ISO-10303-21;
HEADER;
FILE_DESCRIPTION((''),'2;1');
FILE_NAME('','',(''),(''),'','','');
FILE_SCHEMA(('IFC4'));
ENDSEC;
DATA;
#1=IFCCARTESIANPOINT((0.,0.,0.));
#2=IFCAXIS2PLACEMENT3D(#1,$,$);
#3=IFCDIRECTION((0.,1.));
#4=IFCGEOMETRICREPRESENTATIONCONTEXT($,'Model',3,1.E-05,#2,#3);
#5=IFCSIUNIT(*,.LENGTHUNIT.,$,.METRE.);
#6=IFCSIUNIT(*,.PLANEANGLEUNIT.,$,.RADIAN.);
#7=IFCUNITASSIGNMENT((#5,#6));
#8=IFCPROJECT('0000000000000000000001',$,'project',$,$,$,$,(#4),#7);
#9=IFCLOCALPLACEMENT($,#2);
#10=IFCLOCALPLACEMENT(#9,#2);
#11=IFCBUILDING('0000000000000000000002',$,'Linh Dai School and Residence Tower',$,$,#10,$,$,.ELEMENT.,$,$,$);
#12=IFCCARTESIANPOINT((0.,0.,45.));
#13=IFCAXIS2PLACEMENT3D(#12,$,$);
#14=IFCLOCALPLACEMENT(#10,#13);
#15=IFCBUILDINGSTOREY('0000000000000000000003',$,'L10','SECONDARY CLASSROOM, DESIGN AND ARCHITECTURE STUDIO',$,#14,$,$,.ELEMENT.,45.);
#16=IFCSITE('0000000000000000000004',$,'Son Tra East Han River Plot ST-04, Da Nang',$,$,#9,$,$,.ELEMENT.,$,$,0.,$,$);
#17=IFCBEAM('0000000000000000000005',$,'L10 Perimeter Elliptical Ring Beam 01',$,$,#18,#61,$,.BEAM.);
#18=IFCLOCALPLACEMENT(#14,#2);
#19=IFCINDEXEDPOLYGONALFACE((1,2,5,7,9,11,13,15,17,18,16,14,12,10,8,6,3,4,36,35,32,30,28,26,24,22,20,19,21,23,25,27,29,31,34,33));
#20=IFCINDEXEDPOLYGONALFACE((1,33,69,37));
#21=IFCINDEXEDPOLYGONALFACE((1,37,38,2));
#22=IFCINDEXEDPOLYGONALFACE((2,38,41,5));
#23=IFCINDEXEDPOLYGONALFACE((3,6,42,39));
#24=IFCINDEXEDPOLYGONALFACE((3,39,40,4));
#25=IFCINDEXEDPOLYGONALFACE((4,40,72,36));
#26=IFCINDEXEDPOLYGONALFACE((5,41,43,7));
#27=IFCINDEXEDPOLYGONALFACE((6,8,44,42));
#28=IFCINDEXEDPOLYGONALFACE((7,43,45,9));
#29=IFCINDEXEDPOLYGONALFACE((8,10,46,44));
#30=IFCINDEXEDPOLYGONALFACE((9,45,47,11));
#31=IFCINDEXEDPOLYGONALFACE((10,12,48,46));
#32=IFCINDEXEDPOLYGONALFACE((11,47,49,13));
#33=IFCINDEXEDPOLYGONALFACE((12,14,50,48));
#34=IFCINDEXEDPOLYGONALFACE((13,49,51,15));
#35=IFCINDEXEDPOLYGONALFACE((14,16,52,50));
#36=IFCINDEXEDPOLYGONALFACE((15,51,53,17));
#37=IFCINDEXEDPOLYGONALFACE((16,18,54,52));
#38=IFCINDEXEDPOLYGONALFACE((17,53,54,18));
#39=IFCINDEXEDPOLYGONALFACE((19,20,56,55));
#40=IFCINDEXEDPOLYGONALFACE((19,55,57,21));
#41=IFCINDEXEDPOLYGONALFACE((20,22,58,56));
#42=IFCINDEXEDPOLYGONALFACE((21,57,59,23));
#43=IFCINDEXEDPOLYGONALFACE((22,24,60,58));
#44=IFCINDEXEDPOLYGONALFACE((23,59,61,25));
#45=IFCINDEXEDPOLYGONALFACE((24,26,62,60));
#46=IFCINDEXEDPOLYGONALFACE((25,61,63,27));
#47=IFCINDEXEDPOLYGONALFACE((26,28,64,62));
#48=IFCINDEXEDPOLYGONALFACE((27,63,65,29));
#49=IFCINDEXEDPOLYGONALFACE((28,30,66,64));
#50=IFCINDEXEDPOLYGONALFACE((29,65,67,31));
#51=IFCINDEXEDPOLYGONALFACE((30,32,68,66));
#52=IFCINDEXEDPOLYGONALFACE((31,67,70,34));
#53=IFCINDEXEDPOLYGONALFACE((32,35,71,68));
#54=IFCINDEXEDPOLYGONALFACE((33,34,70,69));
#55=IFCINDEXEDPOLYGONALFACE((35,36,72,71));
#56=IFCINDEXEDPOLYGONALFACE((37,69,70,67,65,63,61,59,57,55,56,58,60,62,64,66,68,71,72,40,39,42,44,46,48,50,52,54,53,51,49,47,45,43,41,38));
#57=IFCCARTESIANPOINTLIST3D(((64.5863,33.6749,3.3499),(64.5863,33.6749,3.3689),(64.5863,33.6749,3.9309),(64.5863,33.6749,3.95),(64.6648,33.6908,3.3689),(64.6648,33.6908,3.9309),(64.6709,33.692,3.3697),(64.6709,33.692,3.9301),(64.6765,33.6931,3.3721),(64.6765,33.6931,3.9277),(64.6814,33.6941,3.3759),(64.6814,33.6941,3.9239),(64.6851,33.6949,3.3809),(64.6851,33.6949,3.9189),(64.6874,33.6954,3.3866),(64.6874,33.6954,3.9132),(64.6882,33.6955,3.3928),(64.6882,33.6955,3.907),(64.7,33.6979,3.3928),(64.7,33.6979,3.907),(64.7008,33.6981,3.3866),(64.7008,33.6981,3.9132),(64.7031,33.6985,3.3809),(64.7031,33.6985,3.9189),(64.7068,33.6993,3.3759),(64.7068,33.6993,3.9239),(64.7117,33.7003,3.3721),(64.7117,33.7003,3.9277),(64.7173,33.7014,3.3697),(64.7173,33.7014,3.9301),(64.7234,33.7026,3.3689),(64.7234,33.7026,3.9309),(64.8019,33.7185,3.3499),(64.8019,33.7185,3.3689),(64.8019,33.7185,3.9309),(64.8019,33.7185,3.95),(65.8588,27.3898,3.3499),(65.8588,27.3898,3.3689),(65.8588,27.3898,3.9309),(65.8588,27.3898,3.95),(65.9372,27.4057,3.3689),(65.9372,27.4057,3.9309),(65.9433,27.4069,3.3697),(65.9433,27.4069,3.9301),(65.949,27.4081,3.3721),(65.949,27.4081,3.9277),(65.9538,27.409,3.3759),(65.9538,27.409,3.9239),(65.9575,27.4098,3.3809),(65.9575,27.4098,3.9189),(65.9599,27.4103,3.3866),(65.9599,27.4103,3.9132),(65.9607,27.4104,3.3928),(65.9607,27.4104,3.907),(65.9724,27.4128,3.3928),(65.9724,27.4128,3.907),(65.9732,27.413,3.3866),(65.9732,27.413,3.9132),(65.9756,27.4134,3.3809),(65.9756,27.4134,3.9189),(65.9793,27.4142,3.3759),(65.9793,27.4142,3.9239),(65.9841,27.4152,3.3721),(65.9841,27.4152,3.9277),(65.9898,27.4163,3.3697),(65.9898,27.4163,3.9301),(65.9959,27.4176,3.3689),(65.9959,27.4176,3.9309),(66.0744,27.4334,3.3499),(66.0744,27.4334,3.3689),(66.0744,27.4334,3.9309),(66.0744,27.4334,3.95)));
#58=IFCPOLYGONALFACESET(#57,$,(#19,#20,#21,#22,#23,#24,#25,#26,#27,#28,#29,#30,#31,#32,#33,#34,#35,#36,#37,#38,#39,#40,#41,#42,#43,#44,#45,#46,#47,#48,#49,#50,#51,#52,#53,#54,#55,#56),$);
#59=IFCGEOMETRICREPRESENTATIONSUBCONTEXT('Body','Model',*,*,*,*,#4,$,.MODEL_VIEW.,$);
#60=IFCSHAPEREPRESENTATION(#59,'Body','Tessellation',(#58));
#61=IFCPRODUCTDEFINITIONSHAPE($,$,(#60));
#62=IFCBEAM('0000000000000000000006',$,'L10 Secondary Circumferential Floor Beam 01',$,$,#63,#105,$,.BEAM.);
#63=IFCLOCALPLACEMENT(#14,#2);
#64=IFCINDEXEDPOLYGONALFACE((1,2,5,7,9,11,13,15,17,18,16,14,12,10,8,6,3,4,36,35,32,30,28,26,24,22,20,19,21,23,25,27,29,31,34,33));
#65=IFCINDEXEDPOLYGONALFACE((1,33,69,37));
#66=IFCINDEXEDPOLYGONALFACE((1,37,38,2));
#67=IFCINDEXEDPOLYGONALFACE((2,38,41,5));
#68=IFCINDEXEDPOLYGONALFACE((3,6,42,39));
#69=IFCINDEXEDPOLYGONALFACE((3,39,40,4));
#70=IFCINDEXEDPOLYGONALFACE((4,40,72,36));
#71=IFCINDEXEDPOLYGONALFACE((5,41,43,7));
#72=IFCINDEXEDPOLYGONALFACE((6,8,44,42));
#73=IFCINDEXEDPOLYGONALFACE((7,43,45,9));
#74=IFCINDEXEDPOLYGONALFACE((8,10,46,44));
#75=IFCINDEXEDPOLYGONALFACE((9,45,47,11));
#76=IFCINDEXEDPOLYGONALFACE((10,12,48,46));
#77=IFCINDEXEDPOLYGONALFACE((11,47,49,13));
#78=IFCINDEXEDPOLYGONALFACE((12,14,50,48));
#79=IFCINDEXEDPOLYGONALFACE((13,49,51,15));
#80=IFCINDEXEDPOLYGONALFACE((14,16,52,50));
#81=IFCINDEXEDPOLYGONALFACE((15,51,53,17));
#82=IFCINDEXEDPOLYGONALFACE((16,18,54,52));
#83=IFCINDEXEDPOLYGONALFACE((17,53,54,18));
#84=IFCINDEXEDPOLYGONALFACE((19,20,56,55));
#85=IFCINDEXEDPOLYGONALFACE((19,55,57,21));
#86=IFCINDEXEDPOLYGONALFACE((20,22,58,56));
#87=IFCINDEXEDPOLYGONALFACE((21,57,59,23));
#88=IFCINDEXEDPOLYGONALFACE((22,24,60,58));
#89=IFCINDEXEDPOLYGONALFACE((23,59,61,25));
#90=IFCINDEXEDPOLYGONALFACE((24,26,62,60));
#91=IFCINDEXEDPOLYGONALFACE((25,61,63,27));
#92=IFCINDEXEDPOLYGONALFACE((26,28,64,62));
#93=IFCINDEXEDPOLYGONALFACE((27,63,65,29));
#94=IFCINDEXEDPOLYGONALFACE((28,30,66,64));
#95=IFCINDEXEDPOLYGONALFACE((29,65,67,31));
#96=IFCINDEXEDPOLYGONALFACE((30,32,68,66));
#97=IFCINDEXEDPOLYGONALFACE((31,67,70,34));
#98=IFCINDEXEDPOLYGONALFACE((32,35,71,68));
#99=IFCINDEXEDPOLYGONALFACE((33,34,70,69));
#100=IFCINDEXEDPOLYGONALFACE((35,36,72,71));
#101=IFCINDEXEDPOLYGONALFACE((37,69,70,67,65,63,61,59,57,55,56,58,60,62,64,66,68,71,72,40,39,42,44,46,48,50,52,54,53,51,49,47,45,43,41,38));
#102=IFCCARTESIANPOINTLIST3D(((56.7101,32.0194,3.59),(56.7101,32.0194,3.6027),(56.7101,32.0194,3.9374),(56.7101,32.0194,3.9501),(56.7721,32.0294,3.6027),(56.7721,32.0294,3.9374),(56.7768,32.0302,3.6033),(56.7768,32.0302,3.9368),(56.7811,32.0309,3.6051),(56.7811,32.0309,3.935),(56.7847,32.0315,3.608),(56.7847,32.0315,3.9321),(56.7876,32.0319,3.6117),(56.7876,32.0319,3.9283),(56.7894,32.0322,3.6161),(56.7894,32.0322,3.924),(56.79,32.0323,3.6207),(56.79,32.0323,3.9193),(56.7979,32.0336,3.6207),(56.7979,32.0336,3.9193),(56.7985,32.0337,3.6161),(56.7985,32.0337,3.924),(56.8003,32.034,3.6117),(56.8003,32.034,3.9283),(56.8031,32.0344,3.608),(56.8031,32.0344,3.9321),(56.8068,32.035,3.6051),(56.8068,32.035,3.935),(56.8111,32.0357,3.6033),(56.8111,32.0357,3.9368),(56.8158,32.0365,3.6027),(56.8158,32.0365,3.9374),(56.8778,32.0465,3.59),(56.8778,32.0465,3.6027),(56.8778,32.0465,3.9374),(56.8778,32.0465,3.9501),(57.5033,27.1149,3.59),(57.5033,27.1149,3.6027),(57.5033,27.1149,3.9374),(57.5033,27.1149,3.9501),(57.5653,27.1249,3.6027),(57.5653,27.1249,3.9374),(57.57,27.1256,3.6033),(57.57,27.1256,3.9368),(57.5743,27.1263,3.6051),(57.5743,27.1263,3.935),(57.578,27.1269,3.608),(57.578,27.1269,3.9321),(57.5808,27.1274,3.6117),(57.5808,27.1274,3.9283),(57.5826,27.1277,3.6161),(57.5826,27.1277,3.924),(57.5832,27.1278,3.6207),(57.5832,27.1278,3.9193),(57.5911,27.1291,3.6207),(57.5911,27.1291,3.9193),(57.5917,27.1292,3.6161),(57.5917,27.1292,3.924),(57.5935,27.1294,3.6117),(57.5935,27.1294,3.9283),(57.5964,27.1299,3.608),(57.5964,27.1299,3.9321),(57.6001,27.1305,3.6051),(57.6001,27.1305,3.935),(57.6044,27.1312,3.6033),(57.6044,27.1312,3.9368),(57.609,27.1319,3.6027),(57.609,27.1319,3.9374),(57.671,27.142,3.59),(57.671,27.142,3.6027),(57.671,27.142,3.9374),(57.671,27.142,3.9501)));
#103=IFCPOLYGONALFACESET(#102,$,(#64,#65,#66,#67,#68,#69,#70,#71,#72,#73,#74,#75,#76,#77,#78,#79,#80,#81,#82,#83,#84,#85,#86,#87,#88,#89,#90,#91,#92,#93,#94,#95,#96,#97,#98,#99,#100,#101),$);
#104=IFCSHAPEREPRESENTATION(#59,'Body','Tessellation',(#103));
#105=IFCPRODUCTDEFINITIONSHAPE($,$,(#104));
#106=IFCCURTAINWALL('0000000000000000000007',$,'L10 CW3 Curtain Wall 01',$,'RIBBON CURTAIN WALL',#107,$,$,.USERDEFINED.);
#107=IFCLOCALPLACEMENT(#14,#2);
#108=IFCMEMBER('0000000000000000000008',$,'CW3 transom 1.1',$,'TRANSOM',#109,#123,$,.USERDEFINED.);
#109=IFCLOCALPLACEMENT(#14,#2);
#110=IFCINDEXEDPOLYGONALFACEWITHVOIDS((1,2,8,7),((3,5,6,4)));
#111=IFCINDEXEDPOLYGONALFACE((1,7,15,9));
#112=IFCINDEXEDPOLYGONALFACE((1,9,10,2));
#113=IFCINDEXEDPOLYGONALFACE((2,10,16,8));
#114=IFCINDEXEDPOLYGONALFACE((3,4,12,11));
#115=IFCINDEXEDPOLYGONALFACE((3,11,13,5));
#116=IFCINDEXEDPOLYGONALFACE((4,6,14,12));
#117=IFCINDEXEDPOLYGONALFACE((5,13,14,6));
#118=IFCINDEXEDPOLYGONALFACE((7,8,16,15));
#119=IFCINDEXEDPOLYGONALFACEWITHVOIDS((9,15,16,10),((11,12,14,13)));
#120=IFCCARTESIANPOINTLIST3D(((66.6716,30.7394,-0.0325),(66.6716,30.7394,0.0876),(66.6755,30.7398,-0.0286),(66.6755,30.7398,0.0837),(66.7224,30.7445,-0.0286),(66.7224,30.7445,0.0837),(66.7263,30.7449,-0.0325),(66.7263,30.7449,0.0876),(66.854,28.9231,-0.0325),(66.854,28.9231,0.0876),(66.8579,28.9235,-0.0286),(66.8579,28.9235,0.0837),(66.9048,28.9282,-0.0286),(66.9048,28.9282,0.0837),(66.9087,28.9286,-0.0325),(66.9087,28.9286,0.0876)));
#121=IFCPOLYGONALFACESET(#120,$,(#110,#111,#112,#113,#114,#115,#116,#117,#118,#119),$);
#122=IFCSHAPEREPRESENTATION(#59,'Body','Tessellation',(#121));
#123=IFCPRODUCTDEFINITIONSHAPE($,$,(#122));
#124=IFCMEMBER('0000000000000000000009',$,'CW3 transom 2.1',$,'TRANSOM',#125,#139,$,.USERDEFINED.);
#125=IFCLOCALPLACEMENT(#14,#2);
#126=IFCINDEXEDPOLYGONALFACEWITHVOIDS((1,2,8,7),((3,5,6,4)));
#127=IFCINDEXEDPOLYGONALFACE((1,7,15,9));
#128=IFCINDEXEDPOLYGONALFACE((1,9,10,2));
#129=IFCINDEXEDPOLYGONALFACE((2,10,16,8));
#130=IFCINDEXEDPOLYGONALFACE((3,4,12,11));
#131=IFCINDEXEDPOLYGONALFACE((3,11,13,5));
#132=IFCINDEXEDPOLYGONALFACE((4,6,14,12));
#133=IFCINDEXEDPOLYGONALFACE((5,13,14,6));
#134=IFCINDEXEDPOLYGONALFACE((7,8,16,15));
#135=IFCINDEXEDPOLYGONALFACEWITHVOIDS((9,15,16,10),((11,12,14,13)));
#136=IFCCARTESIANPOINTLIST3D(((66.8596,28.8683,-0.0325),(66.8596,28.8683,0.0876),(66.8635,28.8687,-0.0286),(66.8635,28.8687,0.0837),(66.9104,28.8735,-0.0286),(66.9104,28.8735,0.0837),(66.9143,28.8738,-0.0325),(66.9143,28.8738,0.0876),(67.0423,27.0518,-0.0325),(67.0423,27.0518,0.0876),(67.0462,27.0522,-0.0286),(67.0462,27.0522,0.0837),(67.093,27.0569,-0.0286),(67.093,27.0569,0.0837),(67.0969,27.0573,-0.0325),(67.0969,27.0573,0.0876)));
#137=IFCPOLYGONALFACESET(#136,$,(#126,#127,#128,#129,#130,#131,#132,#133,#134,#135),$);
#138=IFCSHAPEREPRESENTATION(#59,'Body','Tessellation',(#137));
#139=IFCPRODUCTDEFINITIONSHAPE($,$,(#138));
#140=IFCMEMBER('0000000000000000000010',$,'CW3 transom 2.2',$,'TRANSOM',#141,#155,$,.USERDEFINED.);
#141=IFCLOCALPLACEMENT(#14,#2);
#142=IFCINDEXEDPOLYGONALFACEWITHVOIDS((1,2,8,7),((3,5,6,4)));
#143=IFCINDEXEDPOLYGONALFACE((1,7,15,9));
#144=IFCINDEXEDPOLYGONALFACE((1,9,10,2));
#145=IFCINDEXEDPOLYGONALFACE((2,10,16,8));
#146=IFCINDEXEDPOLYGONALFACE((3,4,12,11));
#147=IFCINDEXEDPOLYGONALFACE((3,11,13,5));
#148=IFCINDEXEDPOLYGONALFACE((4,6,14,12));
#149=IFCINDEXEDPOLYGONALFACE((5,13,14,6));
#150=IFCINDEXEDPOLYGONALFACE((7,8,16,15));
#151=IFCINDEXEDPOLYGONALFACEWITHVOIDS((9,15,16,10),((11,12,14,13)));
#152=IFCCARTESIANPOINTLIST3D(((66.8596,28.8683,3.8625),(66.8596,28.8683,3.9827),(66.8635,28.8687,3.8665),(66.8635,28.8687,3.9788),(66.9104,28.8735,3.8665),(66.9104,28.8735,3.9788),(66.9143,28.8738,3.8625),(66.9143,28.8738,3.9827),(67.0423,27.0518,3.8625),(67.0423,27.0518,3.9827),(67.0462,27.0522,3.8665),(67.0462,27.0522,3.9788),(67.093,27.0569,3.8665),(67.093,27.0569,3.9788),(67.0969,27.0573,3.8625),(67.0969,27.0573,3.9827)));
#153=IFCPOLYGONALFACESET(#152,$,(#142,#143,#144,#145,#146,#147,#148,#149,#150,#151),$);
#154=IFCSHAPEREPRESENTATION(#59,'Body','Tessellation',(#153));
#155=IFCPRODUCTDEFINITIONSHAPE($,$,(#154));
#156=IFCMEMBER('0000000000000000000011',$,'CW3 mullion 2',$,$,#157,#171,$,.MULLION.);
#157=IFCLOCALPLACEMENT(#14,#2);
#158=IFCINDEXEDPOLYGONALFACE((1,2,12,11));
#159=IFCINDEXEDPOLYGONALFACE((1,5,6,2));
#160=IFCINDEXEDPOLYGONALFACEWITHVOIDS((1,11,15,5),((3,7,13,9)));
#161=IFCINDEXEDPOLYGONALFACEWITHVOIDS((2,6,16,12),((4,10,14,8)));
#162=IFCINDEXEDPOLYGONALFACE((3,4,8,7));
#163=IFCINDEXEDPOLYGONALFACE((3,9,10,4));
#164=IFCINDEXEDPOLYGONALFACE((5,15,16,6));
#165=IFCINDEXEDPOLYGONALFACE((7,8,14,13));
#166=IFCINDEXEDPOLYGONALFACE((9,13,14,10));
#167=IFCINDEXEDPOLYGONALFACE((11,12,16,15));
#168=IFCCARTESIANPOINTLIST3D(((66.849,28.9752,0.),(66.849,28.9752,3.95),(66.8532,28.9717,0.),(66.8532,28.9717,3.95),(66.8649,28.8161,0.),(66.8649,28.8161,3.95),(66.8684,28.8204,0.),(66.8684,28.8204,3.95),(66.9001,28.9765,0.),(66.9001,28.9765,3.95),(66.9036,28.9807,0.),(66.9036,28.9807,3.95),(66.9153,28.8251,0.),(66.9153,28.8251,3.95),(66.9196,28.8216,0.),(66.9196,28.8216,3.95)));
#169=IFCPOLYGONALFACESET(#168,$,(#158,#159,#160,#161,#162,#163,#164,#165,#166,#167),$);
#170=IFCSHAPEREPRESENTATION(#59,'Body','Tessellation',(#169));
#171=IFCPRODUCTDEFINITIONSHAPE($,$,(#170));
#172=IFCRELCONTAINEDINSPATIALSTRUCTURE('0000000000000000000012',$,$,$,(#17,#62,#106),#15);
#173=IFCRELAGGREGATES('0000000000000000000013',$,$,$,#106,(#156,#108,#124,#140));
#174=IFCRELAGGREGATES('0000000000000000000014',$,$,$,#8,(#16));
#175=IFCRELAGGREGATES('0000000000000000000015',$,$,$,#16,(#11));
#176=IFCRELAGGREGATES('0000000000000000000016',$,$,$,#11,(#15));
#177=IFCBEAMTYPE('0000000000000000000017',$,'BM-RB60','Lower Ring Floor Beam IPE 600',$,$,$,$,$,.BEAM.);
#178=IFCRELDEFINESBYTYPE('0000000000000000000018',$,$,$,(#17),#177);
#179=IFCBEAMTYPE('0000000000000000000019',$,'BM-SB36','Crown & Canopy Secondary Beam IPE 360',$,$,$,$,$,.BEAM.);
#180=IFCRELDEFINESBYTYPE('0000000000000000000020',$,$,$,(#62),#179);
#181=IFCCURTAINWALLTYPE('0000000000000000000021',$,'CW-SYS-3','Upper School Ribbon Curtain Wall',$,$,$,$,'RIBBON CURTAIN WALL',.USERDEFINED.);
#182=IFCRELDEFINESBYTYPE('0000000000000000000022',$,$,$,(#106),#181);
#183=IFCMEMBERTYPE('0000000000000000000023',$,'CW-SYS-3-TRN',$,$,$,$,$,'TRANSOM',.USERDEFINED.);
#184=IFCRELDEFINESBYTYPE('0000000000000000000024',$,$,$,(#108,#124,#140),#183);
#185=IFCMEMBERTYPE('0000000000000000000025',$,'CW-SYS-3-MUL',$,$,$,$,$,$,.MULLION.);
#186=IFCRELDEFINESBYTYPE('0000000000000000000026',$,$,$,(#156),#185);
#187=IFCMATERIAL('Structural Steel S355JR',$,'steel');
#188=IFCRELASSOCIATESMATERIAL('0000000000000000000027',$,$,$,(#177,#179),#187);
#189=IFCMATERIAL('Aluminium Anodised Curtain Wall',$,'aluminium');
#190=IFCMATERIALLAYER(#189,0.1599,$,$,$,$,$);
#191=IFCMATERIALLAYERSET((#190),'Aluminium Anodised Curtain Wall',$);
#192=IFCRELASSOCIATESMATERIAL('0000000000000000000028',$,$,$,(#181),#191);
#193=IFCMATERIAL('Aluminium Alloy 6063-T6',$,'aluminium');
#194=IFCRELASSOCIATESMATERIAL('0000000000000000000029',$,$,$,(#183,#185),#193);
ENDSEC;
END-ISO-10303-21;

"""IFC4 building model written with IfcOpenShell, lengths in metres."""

from ifc_helpers import new_model, si_unit, direction, frame, origin, origin_2d, place, context, subcontext, project, spatial, hollow_rectangle, i_section, extrude, source, transform, mapped, material, layer, layer_set, material_profile, profile_set, type_object, element, aggregate, save


model = new_model("IFC4")

# Units and contexts
model_context = context("Model", 3, precision=1e-05, world=origin(), true_north=direction((0.0, 1.0)))
body_context = subcontext(model_context, "Body", "Model", "MODEL_VIEW")
ifc_project = project(units=[si_unit("LENGTHUNIT", "METRE"), si_unit("PLANEANGLEUNIT", "RADIAN")], contexts=[model_context])

# Site, building, storey
site_placement = place(None, origin())
site = spatial("IfcSite", under=ifc_project, at=site_placement, Name="Son Tra East Han River Plot ST-04, Da Nang", CompositionType="ELEMENT", RefElevation=0.0)
building_placement = place(site_placement, origin())
building = spatial("IfcBuilding", under=site, at=building_placement, Name="Linh Dai School and Residence Tower", CompositionType="ELEMENT")
storey_placement = place(building_placement, frame((0.0, 0.0, 45.0)))
storey = spatial("IfcBuildingStorey", under=building, at=storey_placement, Name="L10", Description="SECONDARY CLASSROOM, DESIGN AND ARCHITECTURE STUDIO", CompositionType="ELEMENT", Elevation=45.0)

# Shared definitions
ifc_material_1 = material(Name="Structural Steel S355JR", Category="steel")

# Beams
ifc_material_profile_1 = material_profile(ifc_material_1, i_section(OverallWidth=0.22, OverallDepth=0.6001, WebThickness=0.012, FlangeThickness=0.019, FilletRadius=0.0239, at=origin_2d()), Name="IPE 600")
ifc_profile_set_1 = profile_set([ifc_material_profile_1], Name="Structural Steel S355JR")
beam_type_1 = type_object("IfcBeamType", Name="BM-RB60", Description="Lower Ring Floor Beam IPE 600", PredefinedType="BEAM", material=ifc_profile_set_1)
beam_1_placement = place(storey_placement, frame((65.9666, 27.4116, 3.6499), z_axis=(-0.198429, 0.980115, 0.0), x_axis=(-0.980115, -0.198429, 0.0)))
element("IfcBeam", 1, at=beam_1_placement, inside=storey, type_object=beam_type_1, Name="L10 Perimeter Elliptical Ring Beam 01", PredefinedType="BEAM", context=body_context, shape_type="SweptSolid", body=[
    extrude(i_section(OverallWidth=0.22, OverallDepth=0.6001, WebThickness=0.012, FlangeThickness=0.019, FilletRadius=0.0239, at=origin_2d()), origin(), (0.0, 0.0, 1.0), 6.4126),
])
ifc_material_profile_2 = material_profile(ifc_material_1, i_section(OverallWidth=0.1699, OverallDepth=0.3601, WebThickness=0.0081, FlangeThickness=0.0127, FilletRadius=0.0181, at=origin_2d()), Name="IPE 360")
ifc_profile_set_2 = profile_set([ifc_material_profile_2], Name="Structural Steel S355JR")
beam_type_2 = type_object("IfcBeamType", Name="BM-SB36", Description="Crown & Canopy Secondary Beam IPE 360", PredefinedType="BEAM", material=ifc_profile_set_2)
beam_2_placement = place(storey_placement, frame((57.5872, 27.1284, 3.77), z_axis=(-0.159656, 0.987173, 0.0), x_axis=(-0.987173, -0.159656, 0.0)))
element("IfcBeam", 2, at=beam_2_placement, inside=storey, type_object=beam_type_2, Name="L10 Secondary Circumferential Floor Beam 01", PredefinedType="BEAM", context=body_context, shape_type="SweptSolid", body=[
    extrude(i_section(OverallWidth=0.1699, OverallDepth=0.3601, WebThickness=0.0081, FlangeThickness=0.0127, FilletRadius=0.0181, at=origin_2d()), origin(), (0.0, 0.0, 1.0), 4.9683),
])

# Curtain wall, members
ifc_material_2 = material(Name="Aluminium Anodised Curtain Wall", Category="aluminium")
ifc_layer_1 = layer(ifc_material_2, 0.1599)
ifc_layer_set_1 = layer_set([ifc_layer_1], Name="Aluminium Anodised Curtain Wall")
curtain_wall_type = type_object("IfcCurtainWallType", Name="CW-SYS-3", Description="Upper School Ribbon Curtain Wall", ElementType="RIBBON CURTAIN WALL", PredefinedType="USERDEFINED", material=ifc_layer_set_1)
curtain_wall_placement = place(storey_placement, origin())
curtain_wall = element("IfcCurtainWall", 3, at=curtain_wall_placement, inside=storey, type_object=curtain_wall_type, Name="L10 CW3 Curtain Wall 01", ObjectType="RIBBON CURTAIN WALL", PredefinedType="USERDEFINED")
ifc_material_3 = material(Name="Aluminium Alloy 6063-T6", Category="aluminium")
ifc_material_profile_3 = material_profile(ifc_material_3, hollow_rectangle(XDim=0.0549, YDim=0.1201, WallThickness=0.0039, at=origin_2d()), Name="RHS 120x55x4")
ifc_profile_set_3 = profile_set([ifc_material_profile_3], Name="Aluminium Alloy 6063-T6")
member_type_1 = type_object("IfcMemberType", Name="CW-SYS-3-TRN", ElementType="TRANSOM", PredefinedType="USERDEFINED", material=ifc_profile_set_3)
shared_shape_1 = source(origin(), body_context, "Body", "SweptSolid", [
    extrude(hollow_rectangle(XDim=0.0549, YDim=0.1201, WallThickness=0.0039, at=origin_2d()), origin(), (0.0, 0.0, 1.0), 1.8254),
])
member_1_placement = place(storey_placement, frame((66.699, 30.7422, 0.0276), z_axis=(0.099901, -0.994997, 0.0), x_axis=(0.994997, 0.099901, 0.0)))
member_1 = element("IfcMember", 4, at=member_1_placement, type_object=member_type_1, Name="CW3 transom 1.1", ObjectType="TRANSOM", PredefinedType="USERDEFINED", context=body_context, shape_type="MappedRepresentation", body=[
    mapped(shared_shape_1, transform((0.0, 0.0, 0.0), x_axis=(1.0, 0.0, 0.0), y_axis=(0.0, 1.0, 0.0), z_axis=(0.0, 0.0, 1.0), scale=1.0)),
])
shared_shape_2 = source(origin(), body_context, "Body", "SweptSolid", [
    extrude(hollow_rectangle(XDim=0.0549, YDim=0.1201, WallThickness=0.0039, at=origin_2d()), origin(), (0.0, 0.0, 1.0), 1.8257),
])
member_2_placement = place(storey_placement, frame((66.887, 28.8711, 0.0276), z_axis=(0.100033, -0.994984, 0.0), x_axis=(0.994984, 0.100033, 0.0)))
member_2 = element("IfcMember", 5, at=member_2_placement, type_object=member_type_1, Name="CW3 transom 2.1", ObjectType="TRANSOM", PredefinedType="USERDEFINED", context=body_context, shape_type="MappedRepresentation", body=[
    mapped(shared_shape_2, transform((0.0, 0.0, 0.0), x_axis=(1.0, 0.0, 0.0), y_axis=(0.0, 1.0, 0.0), z_axis=(0.0, 0.0, 1.0), scale=1.0)),
])
member_3_placement = place(storey_placement, frame((66.887, 28.8711, 3.9226), z_axis=(0.100033, -0.994984, 0.0), x_axis=(0.994984, 0.100033, 0.0)))
member_3 = element("IfcMember", 6, at=member_3_placement, type_object=member_type_1, Name="CW3 transom 2.2", ObjectType="TRANSOM", PredefinedType="USERDEFINED", context=body_context, shape_type="MappedRepresentation", body=[
    mapped(shared_shape_2, transform((0.0, 0.0, 0.0), x_axis=(1.0, 0.0, 0.0), y_axis=(0.0, 1.0, 0.0), z_axis=(0.0, 0.0, 1.0), scale=1.0)),
])
ifc_material_profile_4 = material_profile(ifc_material_3, hollow_rectangle(XDim=0.0549, YDim=0.1599, WallThickness=0.0039, at=origin_2d()), Name="RHS 160x55x4")
ifc_profile_set_4 = profile_set([ifc_material_profile_4], Name="Aluminium Alloy 6063-T6")
member_type_2 = type_object("IfcMemberType", Name="CW-SYS-3-MUL", PredefinedType="MULLION", material=ifc_profile_set_4)
shared_shape_3 = source(origin(), body_context, "Body", "SweptSolid", [
    extrude(hollow_rectangle(XDim=0.0549, YDim=0.1599, WallThickness=0.0039, at=origin_2d()), origin(), (0.0, 0.0, 1.0), 3.95),
])
member_4_placement = place(storey_placement, frame((66.8843, 28.8984, 0.0), z_axis=(0.0, 0.0, 1.0), x_axis=(0.994986, 0.100009, 0.0)))
member_4 = element("IfcMember", 7, at=member_4_placement, type_object=member_type_2, Name="CW3 mullion 2", PredefinedType="MULLION", context=body_context, shape_type="MappedRepresentation", body=[
    mapped(shared_shape_3, transform((0.0, 0.0, 0.0), x_axis=(1.0, 0.0, 0.0), y_axis=(0.0, 1.0, 0.0), z_axis=(0.0, 0.0, 1.0), scale=1.0)),
])
aggregate(curtain_wall, [member_4, member_1, member_2, member_3])

save(model, "model.ifc")
